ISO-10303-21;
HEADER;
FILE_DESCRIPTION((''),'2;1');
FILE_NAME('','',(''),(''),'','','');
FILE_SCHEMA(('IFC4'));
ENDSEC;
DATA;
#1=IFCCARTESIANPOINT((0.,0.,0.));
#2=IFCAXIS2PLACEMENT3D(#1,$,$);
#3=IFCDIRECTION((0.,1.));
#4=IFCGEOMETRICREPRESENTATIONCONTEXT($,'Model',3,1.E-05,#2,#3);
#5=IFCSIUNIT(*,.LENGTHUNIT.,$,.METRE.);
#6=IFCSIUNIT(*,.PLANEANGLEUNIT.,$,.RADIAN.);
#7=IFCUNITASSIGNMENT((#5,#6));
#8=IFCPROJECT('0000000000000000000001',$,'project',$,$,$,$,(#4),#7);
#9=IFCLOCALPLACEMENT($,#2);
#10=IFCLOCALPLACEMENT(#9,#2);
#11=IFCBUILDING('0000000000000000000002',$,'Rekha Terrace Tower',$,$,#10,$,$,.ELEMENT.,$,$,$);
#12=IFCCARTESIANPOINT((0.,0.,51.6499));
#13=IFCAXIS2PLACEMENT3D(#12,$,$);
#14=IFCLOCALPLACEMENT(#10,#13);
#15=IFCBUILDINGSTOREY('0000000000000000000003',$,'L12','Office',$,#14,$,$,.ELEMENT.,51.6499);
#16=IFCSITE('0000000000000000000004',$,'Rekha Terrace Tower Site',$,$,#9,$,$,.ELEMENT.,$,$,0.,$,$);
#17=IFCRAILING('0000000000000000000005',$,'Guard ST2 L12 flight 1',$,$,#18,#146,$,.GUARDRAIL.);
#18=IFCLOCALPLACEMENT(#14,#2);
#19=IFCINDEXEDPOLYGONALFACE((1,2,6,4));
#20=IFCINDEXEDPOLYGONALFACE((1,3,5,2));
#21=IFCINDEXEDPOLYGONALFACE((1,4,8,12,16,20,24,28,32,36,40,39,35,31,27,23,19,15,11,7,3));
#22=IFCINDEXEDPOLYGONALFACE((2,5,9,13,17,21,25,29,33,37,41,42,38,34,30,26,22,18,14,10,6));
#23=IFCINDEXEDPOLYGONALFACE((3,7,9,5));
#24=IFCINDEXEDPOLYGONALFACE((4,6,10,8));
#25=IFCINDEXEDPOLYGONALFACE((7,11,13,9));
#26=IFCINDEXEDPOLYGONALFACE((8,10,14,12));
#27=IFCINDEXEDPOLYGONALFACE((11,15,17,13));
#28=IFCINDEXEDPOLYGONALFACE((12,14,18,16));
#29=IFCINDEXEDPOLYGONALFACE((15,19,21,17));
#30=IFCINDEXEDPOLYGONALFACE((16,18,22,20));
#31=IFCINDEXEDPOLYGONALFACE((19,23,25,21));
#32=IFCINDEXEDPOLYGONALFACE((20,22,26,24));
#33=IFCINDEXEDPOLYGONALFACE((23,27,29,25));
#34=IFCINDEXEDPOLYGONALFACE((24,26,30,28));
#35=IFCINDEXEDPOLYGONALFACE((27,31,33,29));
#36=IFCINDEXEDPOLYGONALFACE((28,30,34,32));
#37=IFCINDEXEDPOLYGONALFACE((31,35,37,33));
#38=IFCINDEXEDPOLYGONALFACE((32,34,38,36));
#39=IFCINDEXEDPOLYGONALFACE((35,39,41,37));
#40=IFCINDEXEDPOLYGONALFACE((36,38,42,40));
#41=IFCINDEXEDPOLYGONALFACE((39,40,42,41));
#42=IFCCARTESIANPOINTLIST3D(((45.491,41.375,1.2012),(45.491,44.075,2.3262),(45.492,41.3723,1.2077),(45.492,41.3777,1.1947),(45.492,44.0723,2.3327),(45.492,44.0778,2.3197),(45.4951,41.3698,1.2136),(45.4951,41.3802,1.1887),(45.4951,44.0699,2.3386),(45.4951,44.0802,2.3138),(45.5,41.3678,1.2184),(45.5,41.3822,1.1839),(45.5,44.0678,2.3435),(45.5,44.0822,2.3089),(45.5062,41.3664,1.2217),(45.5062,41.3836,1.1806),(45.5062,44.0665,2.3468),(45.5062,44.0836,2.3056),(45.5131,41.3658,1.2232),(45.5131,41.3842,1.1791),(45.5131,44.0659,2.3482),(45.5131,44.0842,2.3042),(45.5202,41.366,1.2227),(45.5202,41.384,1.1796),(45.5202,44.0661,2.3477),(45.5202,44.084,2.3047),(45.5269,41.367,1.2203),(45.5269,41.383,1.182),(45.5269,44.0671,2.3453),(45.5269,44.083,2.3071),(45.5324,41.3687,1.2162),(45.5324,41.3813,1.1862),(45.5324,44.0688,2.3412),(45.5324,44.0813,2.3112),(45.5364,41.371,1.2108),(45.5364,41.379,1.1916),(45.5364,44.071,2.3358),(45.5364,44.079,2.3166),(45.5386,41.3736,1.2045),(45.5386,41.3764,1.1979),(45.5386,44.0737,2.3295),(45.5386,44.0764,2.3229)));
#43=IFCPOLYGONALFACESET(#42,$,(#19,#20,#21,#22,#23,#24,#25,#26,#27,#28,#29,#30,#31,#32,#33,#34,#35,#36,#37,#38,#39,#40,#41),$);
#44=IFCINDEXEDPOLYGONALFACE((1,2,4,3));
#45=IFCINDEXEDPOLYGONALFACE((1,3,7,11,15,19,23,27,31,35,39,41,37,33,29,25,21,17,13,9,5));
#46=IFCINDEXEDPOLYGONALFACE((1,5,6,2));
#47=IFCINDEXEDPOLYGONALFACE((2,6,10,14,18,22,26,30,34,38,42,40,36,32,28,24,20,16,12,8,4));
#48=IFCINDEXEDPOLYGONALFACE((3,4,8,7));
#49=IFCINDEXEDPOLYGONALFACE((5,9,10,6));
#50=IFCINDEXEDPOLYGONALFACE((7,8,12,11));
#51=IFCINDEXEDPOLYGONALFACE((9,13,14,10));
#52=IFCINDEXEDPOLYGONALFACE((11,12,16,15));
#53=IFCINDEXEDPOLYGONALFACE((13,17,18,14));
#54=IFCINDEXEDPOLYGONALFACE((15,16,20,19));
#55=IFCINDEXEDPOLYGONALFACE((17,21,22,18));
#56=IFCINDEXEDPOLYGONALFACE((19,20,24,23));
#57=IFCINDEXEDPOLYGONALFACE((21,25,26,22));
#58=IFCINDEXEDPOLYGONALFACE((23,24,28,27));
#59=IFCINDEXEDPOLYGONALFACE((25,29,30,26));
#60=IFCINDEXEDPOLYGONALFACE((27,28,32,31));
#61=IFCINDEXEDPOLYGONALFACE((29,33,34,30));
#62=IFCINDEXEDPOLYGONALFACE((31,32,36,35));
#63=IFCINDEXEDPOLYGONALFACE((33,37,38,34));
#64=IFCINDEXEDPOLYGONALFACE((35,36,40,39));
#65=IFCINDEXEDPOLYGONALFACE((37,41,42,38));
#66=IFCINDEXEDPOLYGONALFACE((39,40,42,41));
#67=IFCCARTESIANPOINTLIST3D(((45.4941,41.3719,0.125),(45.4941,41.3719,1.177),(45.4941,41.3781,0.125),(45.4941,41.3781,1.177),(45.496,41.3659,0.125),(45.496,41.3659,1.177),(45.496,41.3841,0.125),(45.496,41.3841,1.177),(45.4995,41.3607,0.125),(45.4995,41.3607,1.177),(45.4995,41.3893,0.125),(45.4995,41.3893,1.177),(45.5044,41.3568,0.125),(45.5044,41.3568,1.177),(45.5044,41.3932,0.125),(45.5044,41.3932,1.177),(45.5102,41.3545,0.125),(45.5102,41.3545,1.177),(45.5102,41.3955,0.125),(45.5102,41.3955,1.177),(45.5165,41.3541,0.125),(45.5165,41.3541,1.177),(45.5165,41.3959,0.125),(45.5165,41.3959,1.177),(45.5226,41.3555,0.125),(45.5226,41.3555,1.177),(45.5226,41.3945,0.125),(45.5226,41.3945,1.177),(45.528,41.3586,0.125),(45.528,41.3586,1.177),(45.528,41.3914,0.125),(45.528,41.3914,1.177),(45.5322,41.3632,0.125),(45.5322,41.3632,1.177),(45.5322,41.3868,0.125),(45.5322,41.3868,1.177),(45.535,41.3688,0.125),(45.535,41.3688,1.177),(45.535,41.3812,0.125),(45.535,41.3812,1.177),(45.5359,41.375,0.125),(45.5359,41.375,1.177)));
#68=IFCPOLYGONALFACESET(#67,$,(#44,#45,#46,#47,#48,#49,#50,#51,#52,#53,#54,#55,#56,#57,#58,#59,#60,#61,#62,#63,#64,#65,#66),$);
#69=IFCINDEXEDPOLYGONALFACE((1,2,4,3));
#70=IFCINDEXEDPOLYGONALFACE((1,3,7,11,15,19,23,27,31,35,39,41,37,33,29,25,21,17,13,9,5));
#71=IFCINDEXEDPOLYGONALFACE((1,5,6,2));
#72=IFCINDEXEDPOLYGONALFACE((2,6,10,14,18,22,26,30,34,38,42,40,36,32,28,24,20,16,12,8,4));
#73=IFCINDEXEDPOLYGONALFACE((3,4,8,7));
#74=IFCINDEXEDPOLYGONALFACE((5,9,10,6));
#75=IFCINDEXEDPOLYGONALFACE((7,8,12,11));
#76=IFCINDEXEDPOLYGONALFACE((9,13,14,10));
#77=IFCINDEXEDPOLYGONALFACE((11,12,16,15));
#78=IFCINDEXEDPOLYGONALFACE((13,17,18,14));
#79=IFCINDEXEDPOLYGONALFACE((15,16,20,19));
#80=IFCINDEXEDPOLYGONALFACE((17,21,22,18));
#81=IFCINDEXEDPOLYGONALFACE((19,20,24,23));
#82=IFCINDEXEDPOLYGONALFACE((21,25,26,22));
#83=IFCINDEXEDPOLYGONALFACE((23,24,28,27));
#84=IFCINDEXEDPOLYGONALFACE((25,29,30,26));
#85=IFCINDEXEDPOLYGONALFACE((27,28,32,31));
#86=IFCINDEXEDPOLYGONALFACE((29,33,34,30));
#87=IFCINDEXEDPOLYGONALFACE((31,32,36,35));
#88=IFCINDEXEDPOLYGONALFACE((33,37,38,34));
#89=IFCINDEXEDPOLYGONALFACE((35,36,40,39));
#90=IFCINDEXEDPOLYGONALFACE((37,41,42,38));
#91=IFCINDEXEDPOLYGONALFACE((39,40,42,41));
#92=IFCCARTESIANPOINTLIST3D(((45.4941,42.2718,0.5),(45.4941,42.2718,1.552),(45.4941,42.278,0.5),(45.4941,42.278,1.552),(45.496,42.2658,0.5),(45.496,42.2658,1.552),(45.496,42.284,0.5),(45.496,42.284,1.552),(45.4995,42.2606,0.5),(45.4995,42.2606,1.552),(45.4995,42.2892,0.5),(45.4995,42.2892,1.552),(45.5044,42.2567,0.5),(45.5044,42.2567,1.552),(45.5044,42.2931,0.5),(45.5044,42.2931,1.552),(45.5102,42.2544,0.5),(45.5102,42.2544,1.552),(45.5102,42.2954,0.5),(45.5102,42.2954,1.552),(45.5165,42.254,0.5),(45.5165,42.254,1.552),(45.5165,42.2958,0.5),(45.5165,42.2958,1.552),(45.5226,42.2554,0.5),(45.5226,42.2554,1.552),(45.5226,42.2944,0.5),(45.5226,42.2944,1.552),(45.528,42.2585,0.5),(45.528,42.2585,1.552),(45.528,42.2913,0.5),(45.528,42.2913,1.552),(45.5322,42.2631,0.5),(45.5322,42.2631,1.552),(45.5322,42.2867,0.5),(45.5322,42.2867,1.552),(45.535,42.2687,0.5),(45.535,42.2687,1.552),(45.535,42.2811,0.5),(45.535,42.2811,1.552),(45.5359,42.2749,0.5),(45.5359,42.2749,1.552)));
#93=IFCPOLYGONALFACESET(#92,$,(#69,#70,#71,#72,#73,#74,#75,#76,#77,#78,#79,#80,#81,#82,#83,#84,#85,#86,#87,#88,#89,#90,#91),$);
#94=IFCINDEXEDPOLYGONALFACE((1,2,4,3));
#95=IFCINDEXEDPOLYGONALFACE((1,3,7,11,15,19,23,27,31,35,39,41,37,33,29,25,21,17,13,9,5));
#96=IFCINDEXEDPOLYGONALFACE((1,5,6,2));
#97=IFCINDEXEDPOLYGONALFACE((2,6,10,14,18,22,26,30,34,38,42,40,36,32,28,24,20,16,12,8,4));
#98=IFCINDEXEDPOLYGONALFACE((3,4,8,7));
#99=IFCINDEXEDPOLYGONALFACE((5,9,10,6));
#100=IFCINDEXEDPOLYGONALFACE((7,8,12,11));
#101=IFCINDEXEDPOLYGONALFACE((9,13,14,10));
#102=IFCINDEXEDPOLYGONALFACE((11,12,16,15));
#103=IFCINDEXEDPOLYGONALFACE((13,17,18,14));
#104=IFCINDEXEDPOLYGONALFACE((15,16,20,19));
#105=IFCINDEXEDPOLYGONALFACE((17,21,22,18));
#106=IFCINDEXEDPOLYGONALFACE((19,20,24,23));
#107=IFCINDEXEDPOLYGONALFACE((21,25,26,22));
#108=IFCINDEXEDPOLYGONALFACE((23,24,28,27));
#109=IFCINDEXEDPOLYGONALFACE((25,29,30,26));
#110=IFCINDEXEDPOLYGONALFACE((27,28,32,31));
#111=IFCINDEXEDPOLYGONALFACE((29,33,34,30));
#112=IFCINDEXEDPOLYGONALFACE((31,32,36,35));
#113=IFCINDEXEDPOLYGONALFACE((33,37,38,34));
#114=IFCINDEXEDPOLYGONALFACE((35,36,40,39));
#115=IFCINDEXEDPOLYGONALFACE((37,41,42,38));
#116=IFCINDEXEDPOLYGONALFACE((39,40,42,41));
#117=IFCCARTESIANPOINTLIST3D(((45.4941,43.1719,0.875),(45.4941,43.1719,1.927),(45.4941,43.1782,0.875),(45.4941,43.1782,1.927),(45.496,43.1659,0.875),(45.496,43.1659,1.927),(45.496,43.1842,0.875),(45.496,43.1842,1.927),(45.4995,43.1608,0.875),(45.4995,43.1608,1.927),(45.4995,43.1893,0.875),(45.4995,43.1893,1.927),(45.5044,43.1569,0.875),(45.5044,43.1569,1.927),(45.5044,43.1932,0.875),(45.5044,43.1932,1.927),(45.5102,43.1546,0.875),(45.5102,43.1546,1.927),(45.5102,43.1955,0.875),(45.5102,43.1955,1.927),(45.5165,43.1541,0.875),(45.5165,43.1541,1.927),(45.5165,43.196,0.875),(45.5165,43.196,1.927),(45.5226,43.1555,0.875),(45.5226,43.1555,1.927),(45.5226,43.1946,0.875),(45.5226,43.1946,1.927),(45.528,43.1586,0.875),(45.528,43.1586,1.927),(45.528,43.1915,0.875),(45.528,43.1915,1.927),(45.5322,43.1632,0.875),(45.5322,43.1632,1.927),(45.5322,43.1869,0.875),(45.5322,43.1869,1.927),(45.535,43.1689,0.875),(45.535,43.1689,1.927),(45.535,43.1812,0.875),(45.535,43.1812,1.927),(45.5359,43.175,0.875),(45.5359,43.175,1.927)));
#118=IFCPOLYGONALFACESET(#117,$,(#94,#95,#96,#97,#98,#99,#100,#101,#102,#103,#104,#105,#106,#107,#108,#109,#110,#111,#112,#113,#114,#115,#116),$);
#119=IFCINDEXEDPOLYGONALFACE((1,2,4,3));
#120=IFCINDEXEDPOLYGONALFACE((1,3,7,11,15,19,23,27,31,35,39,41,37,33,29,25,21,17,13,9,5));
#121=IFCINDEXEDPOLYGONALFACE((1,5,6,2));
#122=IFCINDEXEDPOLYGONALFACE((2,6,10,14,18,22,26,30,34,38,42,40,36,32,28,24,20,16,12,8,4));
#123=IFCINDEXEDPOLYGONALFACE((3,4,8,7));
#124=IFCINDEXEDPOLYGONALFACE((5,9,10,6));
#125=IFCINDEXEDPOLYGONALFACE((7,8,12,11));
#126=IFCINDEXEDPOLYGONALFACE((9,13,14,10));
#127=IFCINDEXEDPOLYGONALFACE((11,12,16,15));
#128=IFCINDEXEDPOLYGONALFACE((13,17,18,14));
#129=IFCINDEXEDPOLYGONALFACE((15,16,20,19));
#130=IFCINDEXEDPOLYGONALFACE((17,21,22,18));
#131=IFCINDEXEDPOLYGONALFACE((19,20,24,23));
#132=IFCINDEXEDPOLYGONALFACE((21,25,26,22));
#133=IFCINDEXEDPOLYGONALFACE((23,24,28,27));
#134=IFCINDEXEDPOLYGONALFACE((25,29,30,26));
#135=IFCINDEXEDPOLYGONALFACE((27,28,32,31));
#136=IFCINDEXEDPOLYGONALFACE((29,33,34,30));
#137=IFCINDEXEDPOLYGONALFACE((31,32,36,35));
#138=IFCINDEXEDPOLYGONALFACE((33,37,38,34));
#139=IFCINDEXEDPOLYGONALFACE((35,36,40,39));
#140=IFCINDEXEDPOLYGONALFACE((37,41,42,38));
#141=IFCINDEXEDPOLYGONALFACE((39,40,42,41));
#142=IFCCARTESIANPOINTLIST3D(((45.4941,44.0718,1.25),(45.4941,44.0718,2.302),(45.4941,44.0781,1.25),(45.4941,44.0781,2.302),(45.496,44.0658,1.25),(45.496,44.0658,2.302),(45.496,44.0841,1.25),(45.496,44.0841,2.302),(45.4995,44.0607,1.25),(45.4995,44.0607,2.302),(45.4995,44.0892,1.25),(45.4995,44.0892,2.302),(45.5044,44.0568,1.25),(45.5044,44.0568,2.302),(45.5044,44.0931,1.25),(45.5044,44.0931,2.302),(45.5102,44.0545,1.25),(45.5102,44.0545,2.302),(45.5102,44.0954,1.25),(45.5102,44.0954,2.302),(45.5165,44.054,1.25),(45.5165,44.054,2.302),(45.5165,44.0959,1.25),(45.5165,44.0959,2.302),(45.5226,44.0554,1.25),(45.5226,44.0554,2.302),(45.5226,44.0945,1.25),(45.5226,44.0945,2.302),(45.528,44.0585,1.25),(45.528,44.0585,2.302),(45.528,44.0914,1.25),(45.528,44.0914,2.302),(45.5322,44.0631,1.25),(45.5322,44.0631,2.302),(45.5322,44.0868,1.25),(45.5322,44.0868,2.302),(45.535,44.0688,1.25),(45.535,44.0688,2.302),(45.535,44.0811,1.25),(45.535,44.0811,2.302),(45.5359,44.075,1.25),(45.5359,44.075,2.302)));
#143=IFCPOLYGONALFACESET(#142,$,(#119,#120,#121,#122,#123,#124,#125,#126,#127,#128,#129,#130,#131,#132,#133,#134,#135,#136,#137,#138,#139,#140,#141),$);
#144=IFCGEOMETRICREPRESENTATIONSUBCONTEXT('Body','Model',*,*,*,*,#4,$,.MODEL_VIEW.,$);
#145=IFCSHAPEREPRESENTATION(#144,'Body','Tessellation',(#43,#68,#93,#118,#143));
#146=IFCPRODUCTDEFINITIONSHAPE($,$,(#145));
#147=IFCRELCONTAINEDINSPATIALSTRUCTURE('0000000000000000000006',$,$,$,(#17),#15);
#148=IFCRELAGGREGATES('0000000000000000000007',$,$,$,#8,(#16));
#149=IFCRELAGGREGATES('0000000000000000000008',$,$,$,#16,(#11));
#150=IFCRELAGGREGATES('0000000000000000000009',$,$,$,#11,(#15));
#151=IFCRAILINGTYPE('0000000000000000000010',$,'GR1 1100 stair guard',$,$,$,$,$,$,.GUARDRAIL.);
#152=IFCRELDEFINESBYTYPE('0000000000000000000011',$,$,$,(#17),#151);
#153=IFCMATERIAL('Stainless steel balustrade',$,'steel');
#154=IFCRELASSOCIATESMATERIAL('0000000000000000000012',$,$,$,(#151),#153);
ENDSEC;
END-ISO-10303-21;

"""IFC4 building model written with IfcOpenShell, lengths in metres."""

from ifc_helpers import new_model, si_unit, direction, frame, origin, origin_2d, place, context, subcontext, project, spatial, circle, extrude, material, type_object, element, save


model = new_model("IFC4")

# Units and contexts
model_context = context("Model", 3, precision=1e-05, world=origin(), true_north=direction((0.0, 1.0)))
body_context = subcontext(model_context, "Body", "Model", "MODEL_VIEW")
ifc_project = project(units=[si_unit("LENGTHUNIT", "METRE"), si_unit("PLANEANGLEUNIT", "RADIAN")], contexts=[model_context])

# Site, building, storey
site_placement = place(None, origin())
site = spatial("IfcSite", under=ifc_project, at=site_placement, Name="Rekha Terrace Tower Site", CompositionType="ELEMENT", RefElevation=0.0)
building_placement = place(site_placement, origin())
building = spatial("IfcBuilding", under=site, at=building_placement, Name="Rekha Terrace Tower", CompositionType="ELEMENT")
storey_placement = place(building_placement, frame((0.0, 0.0, 51.6499)))
storey = spatial("IfcBuildingStorey", under=building, at=storey_placement, Name="L12", Description="Office", CompositionType="ELEMENT", Elevation=51.6499)

# Railing
ifc_material_1 = material(Name="Stainless steel balustrade", Category="steel")
railing_type_1 = type_object("IfcRailingType", Name="GR1 1100 stair guard", PredefinedType="GUARDRAIL", material=ifc_material_1)
railing_1_placement = place(storey_placement, frame((45.5149, 41.375, 0.125)))
element("IfcRailing", 1, at=railing_1_placement, inside=storey, type_object=railing_type_1, Name="Guard ST2 L12 flight 1", PredefinedType="GUARDRAIL", context=body_context, shape_type="SweptSolid", body=[
    extrude(circle(Radius=0.0239, at=origin_2d()), frame((0.0, 0.0, 1.0762), z_axis=(0.0, 0.923074, 0.384621), x_axis=(-1.0, 0.0, 0.0)), (0.0, 0.0, 1.0), 2.925),
    extrude(circle(Radius=0.021, at=origin_2d()), origin(), (0.0, 0.0, 1.0), 1.052),
    extrude(circle(Radius=0.021, at=origin_2d()), frame((0.0, 0.8999, 0.375)), (0.0, 0.0, 1.0), 1.052),
    extrude(circle(Radius=0.021, at=origin_2d()), frame((0.0, 1.8, 0.75)), (0.0, 0.0, 1.0), 1.052),
    extrude(circle(Radius=0.021, at=origin_2d()), frame((0.0, 2.7, 1.125)), (0.0, 0.0, 1.0), 1.052),
])

save(model, "model.ifc")
